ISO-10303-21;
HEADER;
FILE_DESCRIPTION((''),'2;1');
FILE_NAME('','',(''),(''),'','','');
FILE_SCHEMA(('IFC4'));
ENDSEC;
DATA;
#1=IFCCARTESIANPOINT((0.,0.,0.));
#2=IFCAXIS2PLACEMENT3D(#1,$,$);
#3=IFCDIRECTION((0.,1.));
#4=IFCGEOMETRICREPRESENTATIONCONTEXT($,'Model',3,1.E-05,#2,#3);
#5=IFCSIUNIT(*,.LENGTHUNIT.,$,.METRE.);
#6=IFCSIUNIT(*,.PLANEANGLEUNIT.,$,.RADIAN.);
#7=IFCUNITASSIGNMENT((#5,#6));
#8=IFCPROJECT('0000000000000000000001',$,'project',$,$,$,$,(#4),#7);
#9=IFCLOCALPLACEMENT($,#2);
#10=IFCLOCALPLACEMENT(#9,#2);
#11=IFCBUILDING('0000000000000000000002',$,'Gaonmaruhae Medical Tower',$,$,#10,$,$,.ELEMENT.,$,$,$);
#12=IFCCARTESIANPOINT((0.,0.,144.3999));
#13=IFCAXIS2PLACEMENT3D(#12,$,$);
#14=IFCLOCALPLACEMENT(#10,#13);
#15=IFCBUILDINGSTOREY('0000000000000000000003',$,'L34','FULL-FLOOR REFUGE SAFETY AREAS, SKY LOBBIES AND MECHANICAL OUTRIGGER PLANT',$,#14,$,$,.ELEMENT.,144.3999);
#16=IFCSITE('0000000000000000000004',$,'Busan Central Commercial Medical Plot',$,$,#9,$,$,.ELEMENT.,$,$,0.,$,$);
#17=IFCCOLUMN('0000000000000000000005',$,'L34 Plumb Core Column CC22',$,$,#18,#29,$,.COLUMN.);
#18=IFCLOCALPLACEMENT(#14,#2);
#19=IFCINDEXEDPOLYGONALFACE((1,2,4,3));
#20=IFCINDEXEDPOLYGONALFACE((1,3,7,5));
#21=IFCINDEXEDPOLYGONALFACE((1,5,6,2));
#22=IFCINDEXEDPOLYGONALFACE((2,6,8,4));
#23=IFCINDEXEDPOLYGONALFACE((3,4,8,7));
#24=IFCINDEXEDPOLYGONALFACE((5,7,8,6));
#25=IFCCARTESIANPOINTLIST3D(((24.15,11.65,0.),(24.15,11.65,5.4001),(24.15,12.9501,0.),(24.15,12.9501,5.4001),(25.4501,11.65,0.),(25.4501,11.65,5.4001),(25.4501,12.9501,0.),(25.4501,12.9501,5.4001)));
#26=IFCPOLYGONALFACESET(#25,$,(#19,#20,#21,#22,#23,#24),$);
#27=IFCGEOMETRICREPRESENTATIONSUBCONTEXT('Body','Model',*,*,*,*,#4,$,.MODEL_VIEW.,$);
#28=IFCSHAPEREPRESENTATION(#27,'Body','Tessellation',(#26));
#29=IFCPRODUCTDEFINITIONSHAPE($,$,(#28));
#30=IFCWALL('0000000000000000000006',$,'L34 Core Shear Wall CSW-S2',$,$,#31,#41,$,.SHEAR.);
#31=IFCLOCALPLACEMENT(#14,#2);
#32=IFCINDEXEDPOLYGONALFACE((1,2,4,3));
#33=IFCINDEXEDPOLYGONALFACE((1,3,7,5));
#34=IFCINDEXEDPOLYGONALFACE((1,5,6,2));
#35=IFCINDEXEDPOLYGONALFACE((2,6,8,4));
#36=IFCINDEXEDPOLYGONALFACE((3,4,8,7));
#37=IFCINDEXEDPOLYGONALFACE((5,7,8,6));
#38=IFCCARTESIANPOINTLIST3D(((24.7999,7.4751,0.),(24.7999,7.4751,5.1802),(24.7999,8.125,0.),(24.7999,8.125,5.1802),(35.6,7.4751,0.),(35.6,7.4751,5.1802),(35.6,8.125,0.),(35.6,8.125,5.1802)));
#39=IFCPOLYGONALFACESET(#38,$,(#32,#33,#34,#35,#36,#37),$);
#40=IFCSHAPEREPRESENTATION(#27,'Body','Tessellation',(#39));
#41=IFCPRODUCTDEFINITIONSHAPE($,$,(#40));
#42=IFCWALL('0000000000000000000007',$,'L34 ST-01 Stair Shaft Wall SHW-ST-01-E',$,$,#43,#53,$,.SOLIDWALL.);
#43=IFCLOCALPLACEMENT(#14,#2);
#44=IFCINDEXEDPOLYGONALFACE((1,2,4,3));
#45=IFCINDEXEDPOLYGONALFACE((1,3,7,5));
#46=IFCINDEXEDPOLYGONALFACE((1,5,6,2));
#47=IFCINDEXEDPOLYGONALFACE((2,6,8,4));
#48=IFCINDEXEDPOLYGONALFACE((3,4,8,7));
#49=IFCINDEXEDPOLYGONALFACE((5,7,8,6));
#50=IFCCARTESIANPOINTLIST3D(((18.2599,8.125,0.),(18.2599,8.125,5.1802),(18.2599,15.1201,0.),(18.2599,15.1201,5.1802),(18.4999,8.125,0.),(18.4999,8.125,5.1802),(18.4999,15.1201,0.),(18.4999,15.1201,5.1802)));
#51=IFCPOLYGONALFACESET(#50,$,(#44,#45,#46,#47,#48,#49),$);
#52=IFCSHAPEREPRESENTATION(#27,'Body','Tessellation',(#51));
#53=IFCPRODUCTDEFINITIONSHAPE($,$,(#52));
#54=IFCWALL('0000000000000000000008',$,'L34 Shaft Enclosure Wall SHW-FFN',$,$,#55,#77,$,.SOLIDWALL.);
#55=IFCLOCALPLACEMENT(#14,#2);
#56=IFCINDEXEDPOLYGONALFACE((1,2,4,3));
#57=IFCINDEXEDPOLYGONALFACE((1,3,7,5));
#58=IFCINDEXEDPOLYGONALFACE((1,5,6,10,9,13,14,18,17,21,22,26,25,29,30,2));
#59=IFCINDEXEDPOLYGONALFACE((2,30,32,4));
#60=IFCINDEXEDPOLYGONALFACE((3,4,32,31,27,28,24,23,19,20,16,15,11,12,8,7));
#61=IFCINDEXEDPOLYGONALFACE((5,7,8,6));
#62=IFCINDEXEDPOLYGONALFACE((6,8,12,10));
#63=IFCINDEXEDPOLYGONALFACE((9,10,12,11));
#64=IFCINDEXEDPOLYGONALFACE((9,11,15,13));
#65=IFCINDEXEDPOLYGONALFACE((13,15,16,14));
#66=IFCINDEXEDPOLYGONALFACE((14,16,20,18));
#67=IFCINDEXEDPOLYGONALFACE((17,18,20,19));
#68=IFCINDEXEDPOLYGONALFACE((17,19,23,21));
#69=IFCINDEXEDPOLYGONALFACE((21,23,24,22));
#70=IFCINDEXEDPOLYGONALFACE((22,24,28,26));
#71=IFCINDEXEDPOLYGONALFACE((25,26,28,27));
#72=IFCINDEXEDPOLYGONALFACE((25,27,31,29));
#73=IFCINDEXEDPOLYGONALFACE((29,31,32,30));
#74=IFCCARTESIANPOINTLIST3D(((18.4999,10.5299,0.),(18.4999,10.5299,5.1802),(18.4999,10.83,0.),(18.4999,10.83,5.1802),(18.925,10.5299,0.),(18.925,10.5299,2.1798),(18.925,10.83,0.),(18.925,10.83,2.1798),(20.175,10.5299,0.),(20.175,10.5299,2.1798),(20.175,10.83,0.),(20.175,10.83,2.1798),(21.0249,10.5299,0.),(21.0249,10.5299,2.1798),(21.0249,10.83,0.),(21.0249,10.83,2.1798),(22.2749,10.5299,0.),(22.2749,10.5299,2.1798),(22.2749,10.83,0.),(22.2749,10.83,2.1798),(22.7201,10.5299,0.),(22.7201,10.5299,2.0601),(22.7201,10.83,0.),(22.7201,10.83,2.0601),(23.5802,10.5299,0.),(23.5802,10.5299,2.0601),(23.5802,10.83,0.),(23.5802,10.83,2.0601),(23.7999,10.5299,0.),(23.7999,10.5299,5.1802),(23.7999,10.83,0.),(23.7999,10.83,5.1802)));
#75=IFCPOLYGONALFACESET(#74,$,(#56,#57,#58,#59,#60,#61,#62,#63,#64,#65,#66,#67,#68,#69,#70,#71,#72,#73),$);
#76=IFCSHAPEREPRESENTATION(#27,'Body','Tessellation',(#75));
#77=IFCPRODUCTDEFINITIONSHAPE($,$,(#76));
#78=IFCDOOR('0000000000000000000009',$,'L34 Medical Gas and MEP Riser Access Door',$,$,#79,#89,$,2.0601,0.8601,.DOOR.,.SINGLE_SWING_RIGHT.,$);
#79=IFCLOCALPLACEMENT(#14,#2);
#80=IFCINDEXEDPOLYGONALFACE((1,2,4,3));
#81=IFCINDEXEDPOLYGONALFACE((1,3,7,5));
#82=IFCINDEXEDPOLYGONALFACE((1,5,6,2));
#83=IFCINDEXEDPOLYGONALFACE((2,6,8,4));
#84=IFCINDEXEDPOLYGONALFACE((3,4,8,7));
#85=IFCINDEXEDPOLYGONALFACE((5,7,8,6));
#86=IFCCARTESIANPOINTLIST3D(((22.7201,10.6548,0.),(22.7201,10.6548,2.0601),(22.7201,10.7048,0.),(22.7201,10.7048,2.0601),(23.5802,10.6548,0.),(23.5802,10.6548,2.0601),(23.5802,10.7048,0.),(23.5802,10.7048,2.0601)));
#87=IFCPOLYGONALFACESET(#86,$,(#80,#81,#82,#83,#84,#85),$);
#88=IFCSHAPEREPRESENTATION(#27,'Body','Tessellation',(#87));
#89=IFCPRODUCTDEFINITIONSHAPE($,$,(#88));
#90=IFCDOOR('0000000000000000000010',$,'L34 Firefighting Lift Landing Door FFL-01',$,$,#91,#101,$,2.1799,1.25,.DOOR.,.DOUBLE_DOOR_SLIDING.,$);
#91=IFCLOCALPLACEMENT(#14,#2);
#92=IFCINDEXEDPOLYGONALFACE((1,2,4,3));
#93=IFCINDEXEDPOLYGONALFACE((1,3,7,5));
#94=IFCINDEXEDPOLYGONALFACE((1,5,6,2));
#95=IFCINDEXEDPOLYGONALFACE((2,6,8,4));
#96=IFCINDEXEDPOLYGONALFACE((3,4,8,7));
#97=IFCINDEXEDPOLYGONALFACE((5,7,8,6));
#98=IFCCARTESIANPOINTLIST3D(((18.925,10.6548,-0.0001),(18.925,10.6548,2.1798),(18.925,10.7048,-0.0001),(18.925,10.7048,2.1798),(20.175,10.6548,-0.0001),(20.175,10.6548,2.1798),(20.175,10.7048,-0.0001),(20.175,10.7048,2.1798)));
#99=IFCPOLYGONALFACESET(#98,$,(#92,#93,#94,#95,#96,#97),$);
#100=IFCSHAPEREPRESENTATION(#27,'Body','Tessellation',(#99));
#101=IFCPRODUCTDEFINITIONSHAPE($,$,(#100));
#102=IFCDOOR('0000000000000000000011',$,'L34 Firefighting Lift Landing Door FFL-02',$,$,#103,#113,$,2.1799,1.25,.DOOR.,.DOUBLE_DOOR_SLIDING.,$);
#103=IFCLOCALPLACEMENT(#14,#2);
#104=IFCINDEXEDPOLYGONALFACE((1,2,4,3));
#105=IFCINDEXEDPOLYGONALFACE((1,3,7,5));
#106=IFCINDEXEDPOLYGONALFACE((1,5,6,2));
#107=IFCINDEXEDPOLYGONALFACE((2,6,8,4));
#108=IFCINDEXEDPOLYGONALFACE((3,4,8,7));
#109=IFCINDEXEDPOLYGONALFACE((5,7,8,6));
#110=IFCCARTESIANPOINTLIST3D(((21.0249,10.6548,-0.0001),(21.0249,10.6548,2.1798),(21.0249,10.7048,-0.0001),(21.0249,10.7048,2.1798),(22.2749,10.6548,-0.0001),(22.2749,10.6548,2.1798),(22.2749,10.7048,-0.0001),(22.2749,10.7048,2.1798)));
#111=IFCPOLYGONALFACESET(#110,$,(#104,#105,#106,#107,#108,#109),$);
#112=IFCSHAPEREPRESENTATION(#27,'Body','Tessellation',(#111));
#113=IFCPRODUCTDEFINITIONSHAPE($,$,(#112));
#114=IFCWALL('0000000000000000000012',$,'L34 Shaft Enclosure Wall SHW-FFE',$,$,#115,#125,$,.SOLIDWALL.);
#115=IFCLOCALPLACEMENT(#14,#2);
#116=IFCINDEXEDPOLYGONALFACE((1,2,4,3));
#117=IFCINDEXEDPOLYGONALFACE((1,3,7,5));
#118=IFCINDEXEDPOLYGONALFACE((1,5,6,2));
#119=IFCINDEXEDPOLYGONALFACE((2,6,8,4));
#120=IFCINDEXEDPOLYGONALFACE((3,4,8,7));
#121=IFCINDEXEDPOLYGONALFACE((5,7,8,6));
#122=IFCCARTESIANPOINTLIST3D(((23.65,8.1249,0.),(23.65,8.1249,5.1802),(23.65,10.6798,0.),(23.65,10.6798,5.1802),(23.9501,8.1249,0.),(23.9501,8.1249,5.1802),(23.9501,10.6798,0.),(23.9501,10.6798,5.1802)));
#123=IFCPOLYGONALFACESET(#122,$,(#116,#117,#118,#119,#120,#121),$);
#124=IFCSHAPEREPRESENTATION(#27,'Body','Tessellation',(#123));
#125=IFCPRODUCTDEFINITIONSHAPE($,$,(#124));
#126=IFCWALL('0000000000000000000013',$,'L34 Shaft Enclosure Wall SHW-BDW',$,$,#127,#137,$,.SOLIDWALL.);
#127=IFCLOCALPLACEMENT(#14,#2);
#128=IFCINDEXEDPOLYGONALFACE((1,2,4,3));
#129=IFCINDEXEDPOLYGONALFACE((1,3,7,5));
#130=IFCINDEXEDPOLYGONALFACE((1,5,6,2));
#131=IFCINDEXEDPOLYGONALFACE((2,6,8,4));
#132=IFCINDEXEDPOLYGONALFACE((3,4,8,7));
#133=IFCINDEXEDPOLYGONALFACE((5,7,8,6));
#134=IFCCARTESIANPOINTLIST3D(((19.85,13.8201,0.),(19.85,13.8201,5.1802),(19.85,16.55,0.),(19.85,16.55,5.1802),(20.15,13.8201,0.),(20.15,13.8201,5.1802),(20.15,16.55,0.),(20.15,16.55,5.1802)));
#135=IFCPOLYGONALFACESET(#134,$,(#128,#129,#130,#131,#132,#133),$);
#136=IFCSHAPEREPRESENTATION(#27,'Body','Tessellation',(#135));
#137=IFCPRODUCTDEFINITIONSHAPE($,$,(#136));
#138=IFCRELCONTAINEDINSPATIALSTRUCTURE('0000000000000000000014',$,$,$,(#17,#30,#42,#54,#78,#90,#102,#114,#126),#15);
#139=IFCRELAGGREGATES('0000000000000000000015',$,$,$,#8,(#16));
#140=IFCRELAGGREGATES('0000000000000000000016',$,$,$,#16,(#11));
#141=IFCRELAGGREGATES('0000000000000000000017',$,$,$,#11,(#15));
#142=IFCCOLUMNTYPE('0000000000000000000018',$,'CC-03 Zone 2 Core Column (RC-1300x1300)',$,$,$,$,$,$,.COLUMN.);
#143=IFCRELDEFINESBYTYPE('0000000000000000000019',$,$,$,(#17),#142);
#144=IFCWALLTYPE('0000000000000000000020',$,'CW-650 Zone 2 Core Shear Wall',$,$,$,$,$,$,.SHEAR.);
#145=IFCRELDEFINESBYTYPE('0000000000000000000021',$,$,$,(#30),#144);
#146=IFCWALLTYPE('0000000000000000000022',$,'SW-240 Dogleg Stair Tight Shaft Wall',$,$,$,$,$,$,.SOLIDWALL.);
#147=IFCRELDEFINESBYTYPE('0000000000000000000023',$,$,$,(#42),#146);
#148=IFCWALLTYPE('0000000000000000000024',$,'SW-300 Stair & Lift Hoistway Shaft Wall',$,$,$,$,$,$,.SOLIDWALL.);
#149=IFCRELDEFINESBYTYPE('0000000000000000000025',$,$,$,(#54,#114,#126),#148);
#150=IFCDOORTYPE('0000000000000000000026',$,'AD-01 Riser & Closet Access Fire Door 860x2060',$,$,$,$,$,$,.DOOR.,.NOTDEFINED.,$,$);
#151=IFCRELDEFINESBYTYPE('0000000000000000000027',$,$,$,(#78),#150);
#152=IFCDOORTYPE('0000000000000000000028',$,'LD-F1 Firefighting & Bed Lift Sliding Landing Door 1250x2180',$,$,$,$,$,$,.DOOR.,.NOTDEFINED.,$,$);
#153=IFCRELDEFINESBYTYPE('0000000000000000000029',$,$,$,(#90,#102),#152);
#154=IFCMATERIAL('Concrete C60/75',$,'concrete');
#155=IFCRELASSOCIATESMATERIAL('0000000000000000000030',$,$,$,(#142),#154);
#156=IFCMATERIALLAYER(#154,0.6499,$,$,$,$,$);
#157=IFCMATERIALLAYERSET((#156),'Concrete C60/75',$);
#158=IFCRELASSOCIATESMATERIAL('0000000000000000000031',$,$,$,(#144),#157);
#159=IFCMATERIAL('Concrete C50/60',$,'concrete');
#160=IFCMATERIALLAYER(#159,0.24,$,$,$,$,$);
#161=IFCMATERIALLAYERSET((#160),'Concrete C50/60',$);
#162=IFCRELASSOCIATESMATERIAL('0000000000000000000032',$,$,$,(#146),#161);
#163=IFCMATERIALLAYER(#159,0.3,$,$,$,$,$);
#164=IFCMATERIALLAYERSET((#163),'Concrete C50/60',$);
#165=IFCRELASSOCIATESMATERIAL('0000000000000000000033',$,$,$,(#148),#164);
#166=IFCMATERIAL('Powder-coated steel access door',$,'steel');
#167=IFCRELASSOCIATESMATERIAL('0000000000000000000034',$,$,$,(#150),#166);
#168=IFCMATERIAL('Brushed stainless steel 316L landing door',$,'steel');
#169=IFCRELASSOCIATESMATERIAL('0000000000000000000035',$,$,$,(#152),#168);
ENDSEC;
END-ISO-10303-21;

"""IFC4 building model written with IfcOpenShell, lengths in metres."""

from ifc_helpers import new_model, si_unit, direction, frame, frame_2d, origin, origin_2d, place, context, subcontext, project, spatial, rectangle, extrude, material, layer, layer_set, material_profile, profile_set, type_object, element, fill, save


model = new_model("IFC4")

# Units and contexts
model_context = context("Model", 3, precision=1e-05, world=origin(), true_north=direction((0.0, 1.0)))
body_context = subcontext(model_context, "Body", "Model", "MODEL_VIEW")
ifc_project = project(units=[si_unit("LENGTHUNIT", "METRE"), si_unit("PLANEANGLEUNIT", "RADIAN")], contexts=[model_context])

# Site, building, storey
site_placement = place(None, origin())
site = spatial("IfcSite", under=ifc_project, at=site_placement, Name="Busan Central Commercial Medical Plot", CompositionType="ELEMENT", RefElevation=0.0)
building_placement = place(site_placement, origin())
building = spatial("IfcBuilding", under=site, at=building_placement, Name="Gaonmaruhae Medical Tower", CompositionType="ELEMENT")
storey_placement = place(building_placement, frame((0.0, 0.0, 144.3999)))
storey = spatial("IfcBuildingStorey", under=building, at=storey_placement, Name="L34", Description="FULL-FLOOR REFUGE SAFETY AREAS, SKY LOBBIES AND MECHANICAL OUTRIGGER PLANT", CompositionType="ELEMENT", Elevation=144.3999)

# Column
ifc_material_1 = material(Name="Concrete C60/75", Category="concrete")
ifc_material_profile = material_profile(ifc_material_1, rectangle(XDim=1.3, YDim=1.3, at=origin_2d()), Name="RC-1300x1300")
ifc_profile_set = profile_set([ifc_material_profile], Name="Concrete C60/75")
column_type = type_object("IfcColumnType", Name="CC-03 Zone 2 Core Column (RC-1300x1300)", PredefinedType="COLUMN", material=ifc_profile_set)
column_placement = place(storey_placement, frame((24.8, 12.3, 0.0), z_axis=(0.0, 0.0, 1.0), x_axis=(1.0, 0.0, 0.0)))
element("IfcColumn", 1, at=column_placement, inside=storey, type_object=column_type, Name="L34 Plumb Core Column CC22", PredefinedType="COLUMN", context=body_context, shape_type="SweptSolid", body=[
    extrude(rectangle(XDim=1.3, YDim=1.3, at=origin_2d()), origin(), (0.0, 0.0, 1.0), 5.4001),
])

# Walls
ifc_layer_1 = layer(ifc_material_1, 0.6499)
ifc_layer_set_1 = layer_set([ifc_layer_1], Name="Concrete C60/75")
wall_type_1 = type_object("IfcWallType", Name="CW-650 Zone 2 Core Shear Wall", PredefinedType="SHEAR", material=ifc_layer_set_1)
wall_1_placement = place(storey_placement, frame((24.8, 7.8, 0.0), z_axis=(0.0, 0.0, 1.0), x_axis=(1.0, 0.0, 0.0)))
element("IfcWall", 2, at=wall_1_placement, inside=storey, type_object=wall_type_1, Name="L34 Core Shear Wall CSW-S2", PredefinedType="SHEAR", context=body_context, shape_type="SweptSolid", body=[
    extrude(rectangle(XDim=10.8, YDim=0.6499, at=frame_2d((5.3999, 0.0))), origin(), (0.0, 0.0, 1.0), 5.1802),
])
ifc_material_2 = material(Name="Concrete C50/60", Category="concrete")
ifc_layer_2 = layer(ifc_material_2, 0.24)
ifc_layer_set_2 = layer_set([ifc_layer_2], Name="Concrete C50/60")
wall_type_2 = type_object("IfcWallType", Name="SW-240 Dogleg Stair Tight Shaft Wall", PredefinedType="SOLIDWALL", material=ifc_layer_set_2)
wall_2_placement = place(storey_placement, frame((18.3799, 15.1201, 0.0), z_axis=(0.0, 0.0, 1.0), x_axis=(0.0, -1.0, 0.0)))
element("IfcWall", 3, at=wall_2_placement, inside=storey, type_object=wall_type_2, Name="L34 ST-01 Stair Shaft Wall SHW-ST-01-E", PredefinedType="SOLIDWALL", context=body_context, shape_type="SweptSolid", body=[
    extrude(rectangle(XDim=6.9951, YDim=0.24, at=frame_2d((3.4976, 0.0))), origin(), (0.0, 0.0, 1.0), 5.1802),
])

# Wall, openings, doors
ifc_layer_3 = layer(ifc_material_2, 0.3)
ifc_layer_set_3 = layer_set([ifc_layer_3], Name="Concrete C50/60")
wall_type_3 = type_object("IfcWallType", Name="SW-300 Stair & Lift Hoistway Shaft Wall", PredefinedType="SOLIDWALL", material=ifc_layer_set_3)
wall_3_placement = place(storey_placement, frame((18.5, 10.6799, 0.0), z_axis=(0.0, 0.0, 1.0), x_axis=(1.0, 0.0, 0.0)))
wall_3 = element("IfcWall", 4, at=wall_3_placement, inside=storey, type_object=wall_type_3, Name="L34 Shaft Enclosure Wall SHW-FFN", PredefinedType="SOLIDWALL", context=body_context, shape_type="SweptSolid", body=[
    extrude(rectangle(XDim=5.3, YDim=0.3, at=frame_2d((2.6499, 0.0))), origin(), (0.0, 0.0, 1.0), 5.1802),
])
opening_1_placement = place(wall_3_placement, frame((4.22, 0.0, 0.0)))
opening_1 = element("IfcOpeningElement", 5, at=opening_1_placement, cuts=wall_3, PredefinedType="OPENING", context=body_context, shape_type="SweptSolid", body=[
    extrude(rectangle(XDim=0.8601, YDim=2.0601, at=frame_2d((0.4302, 1.03))), frame((0.0, 0.1602, 0.0), z_axis=(0.0, -1.0, 0.0), x_axis=(1.0, 0.0, 0.0)), (0.0, 0.0, 1.0), 0.3201),
])
opening_2_placement = place(wall_3_placement, frame((0.425, 0.0, 0.0)))
opening_2 = element("IfcOpeningElement", 6, at=opening_2_placement, cuts=wall_3, PredefinedType="OPENING", context=body_context, shape_type="SweptSolid", body=[
    extrude(rectangle(XDim=1.25, YDim=2.1799, at=frame_2d((0.625, 1.0898))), frame((0.0, 0.1602, 0.0), z_axis=(0.0, -1.0, 0.0), x_axis=(1.0, 0.0, 0.0)), (0.0, 0.0, 1.0), 0.3201),
])
opening_3_placement = place(wall_3_placement, frame((2.5249, 0.0, 0.0)))
opening_3 = element("IfcOpeningElement", 7, at=opening_3_placement, cuts=wall_3, PredefinedType="OPENING", context=body_context, shape_type="SweptSolid", body=[
    extrude(rectangle(XDim=1.25, YDim=2.1799, at=frame_2d((0.625, 1.0898))), frame((0.0, 0.1602, 0.0), z_axis=(0.0, -1.0, 0.0), x_axis=(1.0, 0.0, 0.0)), (0.0, 0.0, 1.0), 0.3201),
])
ifc_material_3 = material(Name="Powder-coated steel access door", Category="steel")
door_type_1 = type_object("IfcDoorType", Name="AD-01 Riser & Closet Access Fire Door 860x2060", OperationType="NOTDEFINED", PredefinedType="DOOR", material=ifc_material_3)
door_1_placement = place(opening_1_placement, origin())
door_1 = element("IfcDoor", 8, at=door_1_placement, inside=storey, type_object=door_type_1, Name="L34 Medical Gas and MEP Riser Access Door", OperationType="SINGLE_SWING_RIGHT", OverallHeight=2.0601, OverallWidth=0.8601, PredefinedType="DOOR", context=body_context, shape_type="SweptSolid", body=[
    extrude(rectangle(XDim=0.8601, YDim=2.0601, at=frame_2d((0.4302, 1.03))), frame((0.0, 0.0249, 0.0), z_axis=(0.0, -1.0, 0.0), x_axis=(1.0, 0.0, 0.0)), (0.0, 0.0, 1.0), 0.05),
])
fill(opening_1, door_1)
ifc_material_4 = material(Name="Brushed stainless steel 316L landing door", Category="steel")
door_type_2 = type_object("IfcDoorType", Name="LD-F1 Firefighting & Bed Lift Sliding Landing Door 1250x2180", OperationType="NOTDEFINED", PredefinedType="DOOR", material=ifc_material_4)
door_2_placement = place(opening_2_placement, origin())
door_2 = element("IfcDoor", 9, at=door_2_placement, inside=storey, type_object=door_type_2, Name="L34 Firefighting Lift Landing Door FFL-01", OperationType="DOUBLE_DOOR_SLIDING", OverallHeight=2.1799, OverallWidth=1.25, PredefinedType="DOOR", context=body_context, shape_type="SweptSolid", body=[
    extrude(rectangle(XDim=1.25, YDim=2.1799, at=frame_2d((0.625, 1.0898))), frame((0.0, 0.0249, 0.0), z_axis=(0.0, -1.0, 0.0), x_axis=(1.0, 0.0, 0.0)), (0.0, 0.0, 1.0), 0.05),
])
fill(opening_2, door_2)
door_3_placement = place(opening_3_placement, origin())
door_3 = element("IfcDoor", 10, at=door_3_placement, inside=storey, type_object=door_type_2, Name="L34 Firefighting Lift Landing Door FFL-02", OperationType="DOUBLE_DOOR_SLIDING", OverallHeight=2.1799, OverallWidth=1.25, PredefinedType="DOOR", context=body_context, shape_type="SweptSolid", body=[
    extrude(rectangle(XDim=1.25, YDim=2.1799, at=frame_2d((0.625, 1.0898))), frame((0.0, 0.0249, 0.0), z_axis=(0.0, -1.0, 0.0), x_axis=(1.0, 0.0, 0.0)), (0.0, 0.0, 1.0), 0.05),
])
fill(opening_3, door_3)

# Walls
wall_4_placement = place(storey_placement, frame((23.8, 8.125, 0.0), z_axis=(0.0, 0.0, 1.0), x_axis=(0.0, 1.0, 0.0)))
element("IfcWall", 11, at=wall_4_placement, inside=storey, type_object=wall_type_3, Name="L34 Shaft Enclosure Wall SHW-FFE", PredefinedType="SOLIDWALL", context=body_context, shape_type="SweptSolid", body=[
    extrude(rectangle(XDim=2.5549, YDim=0.3, at=frame_2d((1.2773, 0.0))), origin(), (0.0, 0.0, 1.0), 5.1802),
])
wall_5_placement = place(storey_placement, frame((20.0, 13.8201, 0.0), z_axis=(0.0, 0.0, 1.0), x_axis=(0.0, 1.0, 0.0)))
element("IfcWall", 12, at=wall_5_placement, inside=storey, type_object=wall_type_3, Name="L34 Shaft Enclosure Wall SHW-BDW", PredefinedType="SOLIDWALL", context=body_context, shape_type="SweptSolid", body=[
    extrude(rectangle(XDim=2.73, YDim=0.3, at=frame_2d((1.365, 0.0))), origin(), (0.0, 0.0, 1.0), 5.1802),
])

save(model, "model.ifc")
